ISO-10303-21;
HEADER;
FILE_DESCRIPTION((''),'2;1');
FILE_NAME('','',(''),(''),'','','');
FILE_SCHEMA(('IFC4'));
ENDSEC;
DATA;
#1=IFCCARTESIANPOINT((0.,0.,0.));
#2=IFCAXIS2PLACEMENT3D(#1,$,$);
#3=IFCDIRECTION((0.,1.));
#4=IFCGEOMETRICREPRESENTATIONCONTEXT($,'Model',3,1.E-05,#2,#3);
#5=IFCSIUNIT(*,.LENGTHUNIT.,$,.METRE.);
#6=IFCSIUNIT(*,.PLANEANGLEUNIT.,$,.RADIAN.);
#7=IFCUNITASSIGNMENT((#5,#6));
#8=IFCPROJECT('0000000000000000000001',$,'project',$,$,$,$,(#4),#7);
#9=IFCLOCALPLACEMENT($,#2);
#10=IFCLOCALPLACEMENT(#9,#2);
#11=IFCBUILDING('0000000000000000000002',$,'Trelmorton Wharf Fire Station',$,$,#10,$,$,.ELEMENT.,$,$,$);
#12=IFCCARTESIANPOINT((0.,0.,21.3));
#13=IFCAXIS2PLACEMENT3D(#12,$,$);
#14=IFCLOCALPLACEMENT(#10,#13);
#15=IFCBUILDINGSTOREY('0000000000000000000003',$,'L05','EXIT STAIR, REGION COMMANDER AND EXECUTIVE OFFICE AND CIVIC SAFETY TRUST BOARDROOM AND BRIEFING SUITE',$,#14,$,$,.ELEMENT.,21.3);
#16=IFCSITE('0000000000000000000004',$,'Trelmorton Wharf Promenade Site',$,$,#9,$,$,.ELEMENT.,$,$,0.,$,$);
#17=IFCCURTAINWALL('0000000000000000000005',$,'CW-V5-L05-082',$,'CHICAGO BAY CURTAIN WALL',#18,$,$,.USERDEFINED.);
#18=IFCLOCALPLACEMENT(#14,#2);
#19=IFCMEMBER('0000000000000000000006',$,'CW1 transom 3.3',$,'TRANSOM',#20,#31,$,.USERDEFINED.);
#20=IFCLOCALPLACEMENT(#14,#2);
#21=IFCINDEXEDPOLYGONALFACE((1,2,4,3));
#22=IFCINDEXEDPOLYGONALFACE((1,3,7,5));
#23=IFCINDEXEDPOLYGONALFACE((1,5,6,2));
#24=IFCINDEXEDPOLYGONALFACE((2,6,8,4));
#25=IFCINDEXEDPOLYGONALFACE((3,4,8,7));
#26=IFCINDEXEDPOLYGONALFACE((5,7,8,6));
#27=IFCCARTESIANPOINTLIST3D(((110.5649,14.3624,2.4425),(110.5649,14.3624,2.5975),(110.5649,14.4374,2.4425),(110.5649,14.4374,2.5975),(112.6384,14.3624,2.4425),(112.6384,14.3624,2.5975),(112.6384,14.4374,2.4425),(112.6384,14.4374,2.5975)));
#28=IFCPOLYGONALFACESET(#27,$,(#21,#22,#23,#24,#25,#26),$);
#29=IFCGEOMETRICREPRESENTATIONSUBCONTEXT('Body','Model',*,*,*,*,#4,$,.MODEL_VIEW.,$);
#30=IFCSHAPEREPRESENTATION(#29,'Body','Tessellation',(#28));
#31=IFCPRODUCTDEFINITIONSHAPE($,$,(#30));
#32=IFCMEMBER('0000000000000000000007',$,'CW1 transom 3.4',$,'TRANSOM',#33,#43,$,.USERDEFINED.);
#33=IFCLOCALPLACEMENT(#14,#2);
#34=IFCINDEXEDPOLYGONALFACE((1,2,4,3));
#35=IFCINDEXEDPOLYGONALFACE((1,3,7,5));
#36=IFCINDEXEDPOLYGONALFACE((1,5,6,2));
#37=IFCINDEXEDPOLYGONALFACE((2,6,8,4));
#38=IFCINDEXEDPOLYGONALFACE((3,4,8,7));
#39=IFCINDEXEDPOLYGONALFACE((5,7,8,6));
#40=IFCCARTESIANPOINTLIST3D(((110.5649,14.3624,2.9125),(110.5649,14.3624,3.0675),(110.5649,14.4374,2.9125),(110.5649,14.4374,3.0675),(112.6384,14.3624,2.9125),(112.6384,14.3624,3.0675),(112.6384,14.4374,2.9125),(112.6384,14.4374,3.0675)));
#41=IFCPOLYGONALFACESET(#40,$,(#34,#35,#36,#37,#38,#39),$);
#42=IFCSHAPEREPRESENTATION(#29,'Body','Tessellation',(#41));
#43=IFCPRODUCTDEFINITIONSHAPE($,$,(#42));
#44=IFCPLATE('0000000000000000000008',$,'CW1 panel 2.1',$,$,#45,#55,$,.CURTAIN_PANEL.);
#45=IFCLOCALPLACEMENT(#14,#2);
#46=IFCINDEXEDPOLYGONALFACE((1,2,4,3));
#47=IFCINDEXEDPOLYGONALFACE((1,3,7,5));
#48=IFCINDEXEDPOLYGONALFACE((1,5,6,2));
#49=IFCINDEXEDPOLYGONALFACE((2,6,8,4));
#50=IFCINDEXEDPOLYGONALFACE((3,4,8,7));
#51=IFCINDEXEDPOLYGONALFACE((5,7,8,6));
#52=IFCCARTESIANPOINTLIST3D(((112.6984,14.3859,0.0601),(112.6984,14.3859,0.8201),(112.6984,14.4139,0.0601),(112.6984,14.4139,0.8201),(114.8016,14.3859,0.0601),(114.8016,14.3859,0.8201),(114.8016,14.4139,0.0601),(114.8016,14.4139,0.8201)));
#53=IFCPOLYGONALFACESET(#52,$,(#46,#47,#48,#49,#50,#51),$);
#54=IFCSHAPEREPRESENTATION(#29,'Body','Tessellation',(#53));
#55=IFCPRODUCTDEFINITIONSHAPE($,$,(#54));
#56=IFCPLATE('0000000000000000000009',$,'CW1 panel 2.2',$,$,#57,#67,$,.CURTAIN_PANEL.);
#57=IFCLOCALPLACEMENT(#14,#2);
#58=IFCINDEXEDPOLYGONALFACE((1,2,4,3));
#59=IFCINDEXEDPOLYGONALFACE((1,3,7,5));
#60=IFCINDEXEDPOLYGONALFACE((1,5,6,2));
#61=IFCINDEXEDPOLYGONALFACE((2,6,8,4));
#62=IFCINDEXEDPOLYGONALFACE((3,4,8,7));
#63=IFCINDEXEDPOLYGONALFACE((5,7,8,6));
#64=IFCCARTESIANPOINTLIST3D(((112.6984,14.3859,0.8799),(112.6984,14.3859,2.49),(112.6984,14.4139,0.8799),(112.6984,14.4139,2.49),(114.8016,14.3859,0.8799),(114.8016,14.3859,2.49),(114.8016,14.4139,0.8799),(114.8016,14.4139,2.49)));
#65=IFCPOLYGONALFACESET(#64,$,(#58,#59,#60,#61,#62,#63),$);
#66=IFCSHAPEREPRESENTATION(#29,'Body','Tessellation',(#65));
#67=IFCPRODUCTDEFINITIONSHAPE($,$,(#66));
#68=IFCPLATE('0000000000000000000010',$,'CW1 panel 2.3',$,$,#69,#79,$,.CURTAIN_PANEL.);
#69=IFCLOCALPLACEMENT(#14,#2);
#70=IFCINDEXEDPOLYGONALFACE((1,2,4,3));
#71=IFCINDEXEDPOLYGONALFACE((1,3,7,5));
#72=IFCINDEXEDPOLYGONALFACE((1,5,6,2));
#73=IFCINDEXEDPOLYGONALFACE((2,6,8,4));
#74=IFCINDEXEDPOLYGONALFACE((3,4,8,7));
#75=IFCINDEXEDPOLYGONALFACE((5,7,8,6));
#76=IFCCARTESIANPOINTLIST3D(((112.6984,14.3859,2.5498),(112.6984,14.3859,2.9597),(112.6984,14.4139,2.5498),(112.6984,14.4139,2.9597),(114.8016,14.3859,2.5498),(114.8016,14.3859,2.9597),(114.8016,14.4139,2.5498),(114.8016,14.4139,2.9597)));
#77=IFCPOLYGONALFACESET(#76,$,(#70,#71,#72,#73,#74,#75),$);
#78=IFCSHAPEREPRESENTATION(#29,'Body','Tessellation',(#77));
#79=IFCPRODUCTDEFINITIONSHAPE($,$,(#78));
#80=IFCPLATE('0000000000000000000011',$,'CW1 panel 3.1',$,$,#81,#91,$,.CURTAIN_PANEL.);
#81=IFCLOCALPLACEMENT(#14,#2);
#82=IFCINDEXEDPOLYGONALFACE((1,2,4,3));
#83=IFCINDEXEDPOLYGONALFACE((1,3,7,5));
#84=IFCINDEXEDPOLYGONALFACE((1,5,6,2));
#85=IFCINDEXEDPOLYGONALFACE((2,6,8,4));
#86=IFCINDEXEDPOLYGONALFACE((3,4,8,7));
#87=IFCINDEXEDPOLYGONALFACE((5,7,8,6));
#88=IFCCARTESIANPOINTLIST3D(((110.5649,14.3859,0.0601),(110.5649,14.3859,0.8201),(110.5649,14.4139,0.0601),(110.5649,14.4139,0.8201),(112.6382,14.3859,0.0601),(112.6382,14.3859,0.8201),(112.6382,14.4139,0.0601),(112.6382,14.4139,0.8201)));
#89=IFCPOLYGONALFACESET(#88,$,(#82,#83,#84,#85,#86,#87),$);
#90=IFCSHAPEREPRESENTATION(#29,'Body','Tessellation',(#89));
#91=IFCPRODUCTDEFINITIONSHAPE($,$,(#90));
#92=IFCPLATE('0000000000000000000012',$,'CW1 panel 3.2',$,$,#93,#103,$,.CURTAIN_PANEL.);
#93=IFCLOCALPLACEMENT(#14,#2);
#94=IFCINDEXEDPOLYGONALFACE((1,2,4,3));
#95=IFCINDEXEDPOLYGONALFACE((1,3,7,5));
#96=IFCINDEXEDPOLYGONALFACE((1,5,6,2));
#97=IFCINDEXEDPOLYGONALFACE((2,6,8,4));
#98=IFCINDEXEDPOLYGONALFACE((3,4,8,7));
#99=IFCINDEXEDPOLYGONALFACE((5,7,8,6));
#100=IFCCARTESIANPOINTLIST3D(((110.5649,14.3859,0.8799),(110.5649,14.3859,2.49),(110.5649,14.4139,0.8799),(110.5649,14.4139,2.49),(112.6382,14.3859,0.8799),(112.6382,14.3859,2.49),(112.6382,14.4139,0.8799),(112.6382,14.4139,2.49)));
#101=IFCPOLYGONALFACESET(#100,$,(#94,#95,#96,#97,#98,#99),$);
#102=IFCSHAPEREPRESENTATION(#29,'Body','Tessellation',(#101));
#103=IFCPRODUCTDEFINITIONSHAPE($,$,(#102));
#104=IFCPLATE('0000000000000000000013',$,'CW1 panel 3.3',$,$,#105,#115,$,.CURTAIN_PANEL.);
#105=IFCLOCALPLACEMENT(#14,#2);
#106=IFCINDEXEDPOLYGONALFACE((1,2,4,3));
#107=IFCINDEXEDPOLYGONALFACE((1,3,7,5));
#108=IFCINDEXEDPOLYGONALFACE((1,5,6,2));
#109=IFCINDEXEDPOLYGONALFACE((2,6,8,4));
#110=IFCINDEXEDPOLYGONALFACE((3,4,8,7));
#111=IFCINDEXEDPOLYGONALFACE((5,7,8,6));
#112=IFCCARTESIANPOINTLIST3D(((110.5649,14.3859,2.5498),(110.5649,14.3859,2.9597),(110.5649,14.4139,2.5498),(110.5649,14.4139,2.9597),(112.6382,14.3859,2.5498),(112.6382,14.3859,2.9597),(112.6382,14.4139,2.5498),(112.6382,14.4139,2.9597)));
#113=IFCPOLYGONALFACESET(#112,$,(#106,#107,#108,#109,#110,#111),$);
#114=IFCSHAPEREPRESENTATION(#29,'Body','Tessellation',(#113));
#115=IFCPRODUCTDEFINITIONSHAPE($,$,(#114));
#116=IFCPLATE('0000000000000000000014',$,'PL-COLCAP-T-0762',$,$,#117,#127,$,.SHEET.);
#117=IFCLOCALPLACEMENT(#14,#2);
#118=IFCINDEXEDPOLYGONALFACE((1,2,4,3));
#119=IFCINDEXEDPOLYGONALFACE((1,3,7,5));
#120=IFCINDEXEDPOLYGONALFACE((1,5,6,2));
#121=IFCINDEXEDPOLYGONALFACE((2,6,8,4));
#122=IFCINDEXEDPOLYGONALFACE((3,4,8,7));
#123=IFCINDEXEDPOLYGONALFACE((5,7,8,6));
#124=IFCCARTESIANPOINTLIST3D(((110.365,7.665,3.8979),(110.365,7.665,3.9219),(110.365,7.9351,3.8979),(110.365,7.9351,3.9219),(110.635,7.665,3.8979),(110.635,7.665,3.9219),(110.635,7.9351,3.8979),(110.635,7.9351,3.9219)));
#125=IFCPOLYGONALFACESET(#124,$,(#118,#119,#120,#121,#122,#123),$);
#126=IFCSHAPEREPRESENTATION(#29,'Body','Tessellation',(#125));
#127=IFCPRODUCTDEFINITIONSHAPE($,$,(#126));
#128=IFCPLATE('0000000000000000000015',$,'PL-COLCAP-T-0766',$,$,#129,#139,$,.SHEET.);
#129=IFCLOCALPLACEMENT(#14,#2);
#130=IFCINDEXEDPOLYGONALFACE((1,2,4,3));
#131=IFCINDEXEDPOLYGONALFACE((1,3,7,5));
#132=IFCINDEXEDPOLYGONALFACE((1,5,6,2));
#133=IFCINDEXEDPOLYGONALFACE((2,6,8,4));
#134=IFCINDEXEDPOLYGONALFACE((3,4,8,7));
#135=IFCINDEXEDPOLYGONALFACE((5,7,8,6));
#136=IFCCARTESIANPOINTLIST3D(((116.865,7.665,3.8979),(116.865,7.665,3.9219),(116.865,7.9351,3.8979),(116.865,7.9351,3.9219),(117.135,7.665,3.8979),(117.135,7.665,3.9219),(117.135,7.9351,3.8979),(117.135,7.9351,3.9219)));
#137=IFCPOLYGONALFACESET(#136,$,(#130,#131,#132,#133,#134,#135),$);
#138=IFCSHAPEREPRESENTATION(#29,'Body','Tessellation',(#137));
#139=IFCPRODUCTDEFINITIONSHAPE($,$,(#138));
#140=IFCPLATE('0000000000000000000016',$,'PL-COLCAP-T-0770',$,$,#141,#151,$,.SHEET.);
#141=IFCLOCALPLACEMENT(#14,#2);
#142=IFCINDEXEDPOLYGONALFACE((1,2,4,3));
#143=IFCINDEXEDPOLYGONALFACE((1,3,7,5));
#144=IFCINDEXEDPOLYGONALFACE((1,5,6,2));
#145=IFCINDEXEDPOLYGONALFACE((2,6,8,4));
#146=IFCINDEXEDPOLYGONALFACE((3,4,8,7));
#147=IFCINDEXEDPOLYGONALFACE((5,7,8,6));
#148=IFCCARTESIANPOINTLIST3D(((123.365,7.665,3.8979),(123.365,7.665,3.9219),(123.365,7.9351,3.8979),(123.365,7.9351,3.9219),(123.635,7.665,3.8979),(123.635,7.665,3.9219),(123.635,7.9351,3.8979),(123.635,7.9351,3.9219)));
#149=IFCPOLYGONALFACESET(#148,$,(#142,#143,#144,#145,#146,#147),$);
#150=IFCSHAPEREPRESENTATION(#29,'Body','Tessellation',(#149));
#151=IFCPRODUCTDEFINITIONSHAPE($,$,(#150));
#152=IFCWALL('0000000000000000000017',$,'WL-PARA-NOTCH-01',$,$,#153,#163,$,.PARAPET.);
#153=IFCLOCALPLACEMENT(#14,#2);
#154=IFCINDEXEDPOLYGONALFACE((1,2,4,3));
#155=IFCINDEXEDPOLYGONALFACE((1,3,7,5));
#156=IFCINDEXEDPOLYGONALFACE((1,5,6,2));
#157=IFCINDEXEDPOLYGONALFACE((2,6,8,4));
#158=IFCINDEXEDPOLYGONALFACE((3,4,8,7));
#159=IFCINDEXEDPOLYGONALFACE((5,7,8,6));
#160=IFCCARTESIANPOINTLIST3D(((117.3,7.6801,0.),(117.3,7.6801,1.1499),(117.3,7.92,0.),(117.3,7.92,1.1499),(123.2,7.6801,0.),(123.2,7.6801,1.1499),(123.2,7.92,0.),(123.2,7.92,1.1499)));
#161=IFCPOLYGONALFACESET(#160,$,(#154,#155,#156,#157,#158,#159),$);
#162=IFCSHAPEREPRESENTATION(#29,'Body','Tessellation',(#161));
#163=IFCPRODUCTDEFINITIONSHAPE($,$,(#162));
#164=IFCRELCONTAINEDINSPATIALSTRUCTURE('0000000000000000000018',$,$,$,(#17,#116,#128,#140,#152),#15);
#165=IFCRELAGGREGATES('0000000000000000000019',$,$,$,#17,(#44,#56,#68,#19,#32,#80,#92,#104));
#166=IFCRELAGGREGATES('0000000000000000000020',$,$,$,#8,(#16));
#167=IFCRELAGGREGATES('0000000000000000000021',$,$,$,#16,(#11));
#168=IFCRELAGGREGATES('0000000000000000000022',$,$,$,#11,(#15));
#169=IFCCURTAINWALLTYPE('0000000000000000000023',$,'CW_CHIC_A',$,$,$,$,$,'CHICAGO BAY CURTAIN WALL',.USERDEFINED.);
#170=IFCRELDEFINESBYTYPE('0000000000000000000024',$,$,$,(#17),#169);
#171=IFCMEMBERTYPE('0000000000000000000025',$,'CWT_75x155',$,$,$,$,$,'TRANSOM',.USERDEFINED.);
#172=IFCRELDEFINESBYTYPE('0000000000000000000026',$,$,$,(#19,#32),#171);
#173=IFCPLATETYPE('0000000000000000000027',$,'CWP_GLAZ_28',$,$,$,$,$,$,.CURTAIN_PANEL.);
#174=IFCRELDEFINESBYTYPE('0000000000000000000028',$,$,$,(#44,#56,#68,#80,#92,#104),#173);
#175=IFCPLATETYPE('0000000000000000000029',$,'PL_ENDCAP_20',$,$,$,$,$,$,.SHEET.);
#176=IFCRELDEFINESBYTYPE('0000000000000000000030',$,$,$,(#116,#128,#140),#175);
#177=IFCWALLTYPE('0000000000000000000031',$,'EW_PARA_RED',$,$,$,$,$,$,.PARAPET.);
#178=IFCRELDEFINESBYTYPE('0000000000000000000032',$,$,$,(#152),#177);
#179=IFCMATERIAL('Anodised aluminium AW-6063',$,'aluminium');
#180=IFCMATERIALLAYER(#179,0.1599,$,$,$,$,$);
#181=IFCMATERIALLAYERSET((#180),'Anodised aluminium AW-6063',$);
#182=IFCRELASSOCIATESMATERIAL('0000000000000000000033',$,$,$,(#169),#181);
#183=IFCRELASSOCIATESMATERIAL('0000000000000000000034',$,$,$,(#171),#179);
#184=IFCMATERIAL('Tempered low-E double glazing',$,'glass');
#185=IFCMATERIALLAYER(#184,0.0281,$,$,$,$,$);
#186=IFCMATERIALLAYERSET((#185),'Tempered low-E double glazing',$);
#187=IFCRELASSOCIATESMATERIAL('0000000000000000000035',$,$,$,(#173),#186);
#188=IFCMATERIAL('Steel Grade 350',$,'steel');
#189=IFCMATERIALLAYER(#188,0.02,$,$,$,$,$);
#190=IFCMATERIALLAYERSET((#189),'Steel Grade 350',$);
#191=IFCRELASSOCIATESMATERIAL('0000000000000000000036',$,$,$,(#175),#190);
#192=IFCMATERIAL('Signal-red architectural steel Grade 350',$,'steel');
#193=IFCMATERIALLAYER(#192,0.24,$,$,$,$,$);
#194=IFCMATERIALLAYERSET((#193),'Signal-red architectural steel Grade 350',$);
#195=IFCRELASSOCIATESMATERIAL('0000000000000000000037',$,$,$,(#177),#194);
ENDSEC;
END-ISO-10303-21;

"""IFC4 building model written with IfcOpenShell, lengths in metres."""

from ifc_helpers import new_model, si_unit, direction, frame, frame_2d, origin, origin_2d, place, context, subcontext, project, spatial, rectangle, extrude, material, layer, layer_set, material_profile, profile_set, type_object, element, aggregate, save


model = new_model("IFC4")

# Units and contexts
model_context = context("Model", 3, precision=1e-05, world=origin(), true_north=direction((0.0, 1.0)))
body_context = subcontext(model_context, "Body", "Model", "MODEL_VIEW")
ifc_project = project(units=[si_unit("LENGTHUNIT", "METRE"), si_unit("PLANEANGLEUNIT", "RADIAN")], contexts=[model_context])

# Site, building, storey
site_placement = place(None, origin())
site = spatial("IfcSite", under=ifc_project, at=site_placement, Name="Trelmorton Wharf Promenade Site", CompositionType="ELEMENT", RefElevation=0.0)
building_placement = place(site_placement, origin())
building = spatial("IfcBuilding", under=site, at=building_placement, Name="Trelmorton Wharf Fire Station", CompositionType="ELEMENT")
storey_placement = place(building_placement, frame((0.0, 0.0, 21.3)))
storey = spatial("IfcBuildingStorey", under=building, at=storey_placement, Name="L05", Description="EXIT STAIR, REGION COMMANDER AND EXECUTIVE OFFICE AND CIVIC SAFETY TRUST BOARDROOM AND BRIEFING SUITE", CompositionType="ELEMENT", Elevation=21.3)

# Shared definitions
ifc_material_1 = material(Name="Steel Grade 350", Category="steel")
ifc_material_2 = material(Name="Signal-red architectural steel Grade 350", Category="steel")

# Curtain wall, members, plates
ifc_material_3 = material(Name="Anodised aluminium AW-6063", Category="aluminium")
ifc_layer_1 = layer(ifc_material_3, 0.1599)
ifc_layer_set_1 = layer_set([ifc_layer_1], Name="Anodised aluminium AW-6063")
curtain_wall_type = type_object("IfcCurtainWallType", Name="CW_CHIC_A", ElementType="CHICAGO BAY CURTAIN WALL", PredefinedType="USERDEFINED", material=ifc_layer_set_1)
curtain_wall_placement = place(storey_placement, origin())
curtain_wall = element("IfcCurtainWall", 1, at=curtain_wall_placement, inside=storey, type_object=curtain_wall_type, Name="CW-V5-L05-082", ObjectType="CHICAGO BAY CURTAIN WALL", PredefinedType="USERDEFINED")
ifc_material_profile_1 = material_profile(ifc_material_3, rectangle(XDim=0.075, YDim=0.155, at=origin_2d()), Name="ALU-75x155")
ifc_profile_set_1 = profile_set([ifc_material_profile_1], Name="Anodised aluminium AW-6063")
member_type_1 = type_object("IfcMemberType", Name="CWT_75x155", ElementType="TRANSOM", PredefinedType="USERDEFINED", material=ifc_profile_set_1)
member_1_placement = place(storey_placement, frame((112.6384, 14.3999, 2.52), z_axis=(-1.0, 0.0, 0.0), x_axis=(0.0, -1.0, 0.0)))
member_1 = element("IfcMember", 2, at=member_1_placement, type_object=member_type_1, Name="CW1 transom 3.3", ObjectType="TRANSOM", PredefinedType="USERDEFINED", context=body_context, shape_type="SweptSolid", body=[
    extrude(rectangle(XDim=0.075, YDim=0.155, at=origin_2d()), origin(), (0.0, 0.0, 1.0), 2.0735),
])
member_2_placement = place(storey_placement, frame((112.6384, 14.3999, 2.99), z_axis=(-1.0, 0.0, 0.0), x_axis=(0.0, -1.0, 0.0)))
member_2 = element("IfcMember", 3, at=member_2_placement, type_object=member_type_1, Name="CW1 transom 3.4", ObjectType="TRANSOM", PredefinedType="USERDEFINED", context=body_context, shape_type="SweptSolid", body=[
    extrude(rectangle(XDim=0.075, YDim=0.155, at=origin_2d()), origin(), (0.0, 0.0, 1.0), 2.0735),
])
ifc_material_4 = material(Name="Tempered low-E double glazing", Category="glass")
ifc_layer_2 = layer(ifc_material_4, 0.0281)
ifc_layer_set_2 = layer_set([ifc_layer_2], Name="Tempered low-E double glazing")
plate_type_1 = type_object("IfcPlateType", Name="CWP_GLAZ_28", PredefinedType="CURTAIN_PANEL", material=ifc_layer_set_2)
plate_1_placement = place(storey_placement, frame((113.75, 14.3999, 0.0601), z_axis=(0.0, 0.0, 1.0), x_axis=(-1.0, 0.0, 0.0)))
plate_1 = element("IfcPlate", 4, at=plate_1_placement, type_object=plate_type_1, Name="CW1 panel 2.1", PredefinedType="CURTAIN_PANEL", context=body_context, shape_type="SweptSolid", body=[
    extrude(rectangle(XDim=2.1033, YDim=0.0281, at=origin_2d()), origin(), (0.0, 0.0, 1.0), 0.76),
])
plate_2_placement = place(storey_placement, frame((113.75, 14.3999, 0.8799), z_axis=(0.0, 0.0, 1.0), x_axis=(-1.0, 0.0, 0.0)))
plate_2 = element("IfcPlate", 5, at=plate_2_placement, type_object=plate_type_1, Name="CW1 panel 2.2", PredefinedType="CURTAIN_PANEL", context=body_context, shape_type="SweptSolid", body=[
    extrude(rectangle(XDim=2.1033, YDim=0.0281, at=origin_2d()), origin(), (0.0, 0.0, 1.0), 1.6101),
])
plate_3_placement = place(storey_placement, frame((113.75, 14.3999, 2.5498), z_axis=(0.0, 0.0, 1.0), x_axis=(-1.0, 0.0, 0.0)))
plate_3 = element("IfcPlate", 6, at=plate_3_placement, type_object=plate_type_1, Name="CW1 panel 2.3", PredefinedType="CURTAIN_PANEL", context=body_context, shape_type="SweptSolid", body=[
    extrude(rectangle(XDim=2.1033, YDim=0.0281, at=origin_2d()), origin(), (0.0, 0.0, 1.0), 0.4099),
])
plate_4_placement = place(storey_placement, frame((111.6016, 14.3999, 0.0601), z_axis=(0.0, 0.0, 1.0), x_axis=(-1.0, 0.0, 0.0)))
plate_4 = element("IfcPlate", 7, at=plate_4_placement, type_object=plate_type_1, Name="CW1 panel 3.1", PredefinedType="CURTAIN_PANEL", context=body_context, shape_type="SweptSolid", body=[
    extrude(rectangle(XDim=2.0732, YDim=0.0281, at=origin_2d()), origin(), (0.0, 0.0, 1.0), 0.76),
])
plate_5_placement = place(storey_placement, frame((111.6016, 14.3999, 0.8799), z_axis=(0.0, 0.0, 1.0), x_axis=(-1.0, 0.0, 0.0)))
plate_5 = element("IfcPlate", 8, at=plate_5_placement, type_object=plate_type_1, Name="CW1 panel 3.2", PredefinedType="CURTAIN_PANEL", context=body_context, shape_type="SweptSolid", body=[
    extrude(rectangle(XDim=2.0732, YDim=0.0281, at=origin_2d()), origin(), (0.0, 0.0, 1.0), 1.6101),
])
plate_6_placement = place(storey_placement, frame((111.6016, 14.3999, 2.5498), z_axis=(0.0, 0.0, 1.0), x_axis=(-1.0, 0.0, 0.0)))
plate_6 = element("IfcPlate", 9, at=plate_6_placement, type_object=plate_type_1, Name="CW1 panel 3.3", PredefinedType="CURTAIN_PANEL", context=body_context, shape_type="SweptSolid", body=[
    extrude(rectangle(XDim=2.0732, YDim=0.0281, at=origin_2d()), origin(), (0.0, 0.0, 1.0), 0.4099),
])
aggregate(curtain_wall, [plate_1, plate_2, plate_3, member_1, member_2, plate_4, plate_5, plate_6])

# Plates
ifc_layer_3 = layer(ifc_material_1, 0.02)
ifc_layer_set_3 = layer_set([ifc_layer_3], Name="Steel Grade 350")
plate_type_2 = type_object("IfcPlateType", Name="PL_ENDCAP_20", PredefinedType="SHEET", material=ifc_layer_set_3)
for number, where, z_axis, x_axis, name in (
    (10, (110.5, 7.8, 3.8979), (0.0, 0.0, 1.0), (1.0, 0.0, 0.0), "PL-COLCAP-T-0762"),
    (11, (117.0, 7.8, 3.8979), (0.0, 0.0, 1.0), (1.0, 0.0, 0.0), "PL-COLCAP-T-0766"),
    (12, (123.5, 7.8, 3.8979), (0.0, 0.0, 1.0), (1.0, 0.0, 0.0), "PL-COLCAP-T-0770"),
):
    element("IfcPlate", number, at=place(storey_placement, frame(where, z_axis=z_axis, x_axis=x_axis)), inside=storey, type_object=plate_type_2, Name=name, PredefinedType="SHEET", context=body_context, shape_type="SweptSolid", body=[
        extrude(rectangle(XDim=0.27, YDim=0.27, at=origin_2d()), origin(), (0.0, 0.0, 1.0), 0.0239),
    ])

# Wall
ifc_layer_4 = layer(ifc_material_2, 0.24)
ifc_layer_set_4 = layer_set([ifc_layer_4], Name="Signal-red architectural steel Grade 350")
wall_type = type_object("IfcWallType", Name="EW_PARA_RED", PredefinedType="PARAPET", material=ifc_layer_set_4)
wall_placement = place(storey_placement, frame((123.2, 7.8, 0.0), z_axis=(0.0, 0.0, 1.0), x_axis=(-1.0, 0.0, 0.0)))
element("IfcWall", 13, at=wall_placement, inside=storey, type_object=wall_type, Name="WL-PARA-NOTCH-01", PredefinedType="PARAPET", context=body_context, shape_type="SweptSolid", body=[
    extrude(rectangle(XDim=5.8999, YDim=0.24, at=frame_2d((2.95, 0.0))), origin(), (0.0, 0.0, 1.0), 1.1499),
])

save(model, "model.ifc")
